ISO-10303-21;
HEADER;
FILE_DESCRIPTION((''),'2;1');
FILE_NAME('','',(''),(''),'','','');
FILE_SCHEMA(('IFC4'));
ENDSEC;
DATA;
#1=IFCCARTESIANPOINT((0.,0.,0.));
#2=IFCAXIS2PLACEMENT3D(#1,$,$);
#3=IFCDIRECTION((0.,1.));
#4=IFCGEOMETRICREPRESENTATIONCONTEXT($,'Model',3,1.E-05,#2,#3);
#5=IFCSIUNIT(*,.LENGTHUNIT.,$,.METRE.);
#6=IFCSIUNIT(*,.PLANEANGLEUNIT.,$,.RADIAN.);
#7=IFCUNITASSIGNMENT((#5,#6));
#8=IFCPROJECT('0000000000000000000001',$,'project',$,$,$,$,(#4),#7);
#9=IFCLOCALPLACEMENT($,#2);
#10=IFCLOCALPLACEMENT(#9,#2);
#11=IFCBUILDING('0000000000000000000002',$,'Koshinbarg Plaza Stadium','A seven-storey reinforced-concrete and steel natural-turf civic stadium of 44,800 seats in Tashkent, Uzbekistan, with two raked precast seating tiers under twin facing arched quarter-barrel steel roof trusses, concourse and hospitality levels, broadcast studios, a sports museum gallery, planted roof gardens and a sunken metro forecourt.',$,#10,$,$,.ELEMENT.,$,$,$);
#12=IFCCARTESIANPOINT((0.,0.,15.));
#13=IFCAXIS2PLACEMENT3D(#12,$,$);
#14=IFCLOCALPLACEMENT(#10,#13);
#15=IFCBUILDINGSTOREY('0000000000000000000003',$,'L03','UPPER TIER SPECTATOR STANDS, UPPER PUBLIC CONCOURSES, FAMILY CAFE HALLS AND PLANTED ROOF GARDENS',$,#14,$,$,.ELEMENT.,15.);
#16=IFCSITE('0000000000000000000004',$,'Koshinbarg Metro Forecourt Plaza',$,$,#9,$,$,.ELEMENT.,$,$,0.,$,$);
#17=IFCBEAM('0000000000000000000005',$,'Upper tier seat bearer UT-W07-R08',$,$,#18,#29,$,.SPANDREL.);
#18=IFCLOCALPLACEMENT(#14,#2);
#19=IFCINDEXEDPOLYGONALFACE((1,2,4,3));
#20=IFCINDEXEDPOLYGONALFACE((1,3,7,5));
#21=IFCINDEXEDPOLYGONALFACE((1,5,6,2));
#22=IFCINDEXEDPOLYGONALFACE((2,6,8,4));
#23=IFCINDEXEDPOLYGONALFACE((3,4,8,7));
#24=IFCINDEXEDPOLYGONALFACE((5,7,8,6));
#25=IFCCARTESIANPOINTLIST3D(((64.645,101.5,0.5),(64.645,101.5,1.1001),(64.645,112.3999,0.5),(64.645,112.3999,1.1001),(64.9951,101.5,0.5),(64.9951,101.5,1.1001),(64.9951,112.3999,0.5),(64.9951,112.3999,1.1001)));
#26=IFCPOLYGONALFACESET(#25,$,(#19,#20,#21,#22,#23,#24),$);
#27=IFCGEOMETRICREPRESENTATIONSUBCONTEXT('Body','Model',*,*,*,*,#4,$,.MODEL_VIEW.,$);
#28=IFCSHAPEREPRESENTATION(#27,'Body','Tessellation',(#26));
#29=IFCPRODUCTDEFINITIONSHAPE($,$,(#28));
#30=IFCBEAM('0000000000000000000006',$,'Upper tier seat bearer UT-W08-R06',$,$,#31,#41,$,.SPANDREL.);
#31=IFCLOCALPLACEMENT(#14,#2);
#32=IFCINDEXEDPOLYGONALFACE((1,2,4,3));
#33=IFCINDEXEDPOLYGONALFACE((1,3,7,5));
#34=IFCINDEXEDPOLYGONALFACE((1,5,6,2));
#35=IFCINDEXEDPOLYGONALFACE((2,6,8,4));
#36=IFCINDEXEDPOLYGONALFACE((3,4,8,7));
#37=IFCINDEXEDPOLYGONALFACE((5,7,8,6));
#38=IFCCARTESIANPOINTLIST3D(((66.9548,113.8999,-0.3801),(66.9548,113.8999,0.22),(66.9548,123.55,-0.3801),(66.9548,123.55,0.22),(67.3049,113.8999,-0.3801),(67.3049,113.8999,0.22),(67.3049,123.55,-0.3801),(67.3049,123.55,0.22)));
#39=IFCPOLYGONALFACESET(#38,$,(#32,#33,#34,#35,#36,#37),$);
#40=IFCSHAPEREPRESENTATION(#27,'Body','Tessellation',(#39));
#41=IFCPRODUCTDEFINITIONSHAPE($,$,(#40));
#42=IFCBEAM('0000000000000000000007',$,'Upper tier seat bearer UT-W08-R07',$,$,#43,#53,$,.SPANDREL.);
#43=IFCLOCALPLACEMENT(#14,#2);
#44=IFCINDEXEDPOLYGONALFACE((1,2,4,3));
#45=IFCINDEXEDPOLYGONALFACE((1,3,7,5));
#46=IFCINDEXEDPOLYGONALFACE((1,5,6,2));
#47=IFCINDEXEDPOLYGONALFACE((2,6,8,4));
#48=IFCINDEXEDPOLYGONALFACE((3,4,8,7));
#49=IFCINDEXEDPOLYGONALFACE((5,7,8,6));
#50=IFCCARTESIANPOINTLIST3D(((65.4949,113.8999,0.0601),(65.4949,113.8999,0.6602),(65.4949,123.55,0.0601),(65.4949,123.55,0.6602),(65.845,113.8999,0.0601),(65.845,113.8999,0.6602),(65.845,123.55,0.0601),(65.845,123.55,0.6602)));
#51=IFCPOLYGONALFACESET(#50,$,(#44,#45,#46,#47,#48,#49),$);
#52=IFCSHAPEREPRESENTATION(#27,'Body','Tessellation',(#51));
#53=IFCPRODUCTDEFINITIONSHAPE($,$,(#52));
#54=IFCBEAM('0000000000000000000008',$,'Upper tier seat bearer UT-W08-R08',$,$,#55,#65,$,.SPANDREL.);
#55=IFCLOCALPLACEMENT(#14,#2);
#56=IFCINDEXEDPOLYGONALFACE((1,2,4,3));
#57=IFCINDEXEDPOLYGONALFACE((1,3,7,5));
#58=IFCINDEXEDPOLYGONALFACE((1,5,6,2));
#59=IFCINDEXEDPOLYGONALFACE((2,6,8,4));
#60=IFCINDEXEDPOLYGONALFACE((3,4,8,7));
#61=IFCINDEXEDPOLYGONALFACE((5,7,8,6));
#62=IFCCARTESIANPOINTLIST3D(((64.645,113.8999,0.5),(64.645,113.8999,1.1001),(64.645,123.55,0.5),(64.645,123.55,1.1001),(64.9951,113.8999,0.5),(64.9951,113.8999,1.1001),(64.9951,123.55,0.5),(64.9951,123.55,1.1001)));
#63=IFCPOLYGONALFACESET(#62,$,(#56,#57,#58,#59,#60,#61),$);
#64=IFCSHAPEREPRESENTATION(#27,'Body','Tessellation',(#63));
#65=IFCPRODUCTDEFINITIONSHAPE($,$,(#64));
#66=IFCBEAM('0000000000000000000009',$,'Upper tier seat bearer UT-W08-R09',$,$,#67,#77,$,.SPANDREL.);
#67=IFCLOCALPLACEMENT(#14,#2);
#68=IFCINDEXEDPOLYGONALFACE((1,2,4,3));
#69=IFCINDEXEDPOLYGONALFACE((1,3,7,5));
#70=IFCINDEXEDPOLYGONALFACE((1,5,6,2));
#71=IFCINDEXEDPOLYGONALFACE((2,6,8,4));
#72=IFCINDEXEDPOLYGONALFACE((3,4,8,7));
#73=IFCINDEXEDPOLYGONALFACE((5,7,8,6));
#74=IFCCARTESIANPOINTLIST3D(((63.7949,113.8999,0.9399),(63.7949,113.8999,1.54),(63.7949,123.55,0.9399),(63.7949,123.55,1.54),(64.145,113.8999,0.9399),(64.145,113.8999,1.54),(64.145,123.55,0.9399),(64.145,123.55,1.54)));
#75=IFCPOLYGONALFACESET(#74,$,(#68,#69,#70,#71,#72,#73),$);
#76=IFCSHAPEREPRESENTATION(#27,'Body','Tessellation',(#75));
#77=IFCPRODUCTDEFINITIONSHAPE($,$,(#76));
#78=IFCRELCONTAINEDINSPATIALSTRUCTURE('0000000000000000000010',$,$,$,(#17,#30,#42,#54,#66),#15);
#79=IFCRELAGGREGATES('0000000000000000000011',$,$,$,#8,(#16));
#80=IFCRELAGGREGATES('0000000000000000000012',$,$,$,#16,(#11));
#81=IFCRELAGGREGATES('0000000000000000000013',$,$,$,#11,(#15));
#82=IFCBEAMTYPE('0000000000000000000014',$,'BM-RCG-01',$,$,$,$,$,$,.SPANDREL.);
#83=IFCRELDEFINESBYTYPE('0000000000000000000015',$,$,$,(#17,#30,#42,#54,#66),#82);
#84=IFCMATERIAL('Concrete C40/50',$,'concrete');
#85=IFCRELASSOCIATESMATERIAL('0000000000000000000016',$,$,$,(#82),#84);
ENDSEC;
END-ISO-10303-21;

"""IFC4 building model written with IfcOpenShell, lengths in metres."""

from ifc_helpers import new_model, si_unit, direction, frame, origin, origin_2d, place, context, subcontext, project, spatial, rectangle, extrude, material, material_profile, profile_set, type_object, element, save


model = new_model("IFC4")

# Units and contexts
model_context = context("Model", 3, precision=1e-05, world=origin(), true_north=direction((0.0, 1.0)))
body_context = subcontext(model_context, "Body", "Model", "MODEL_VIEW")
ifc_project = project(units=[si_unit("LENGTHUNIT", "METRE"), si_unit("PLANEANGLEUNIT", "RADIAN")], contexts=[model_context])

# Site, building, storey
site_placement = place(None, origin())
site = spatial("IfcSite", under=ifc_project, at=site_placement, Name="Koshinbarg Metro Forecourt Plaza", CompositionType="ELEMENT", RefElevation=0.0)
building_placement = place(site_placement, origin())
building = spatial("IfcBuilding", under=site, at=building_placement, Name="Koshinbarg Plaza Stadium", Description="A seven-storey reinforced-concrete and steel natural-turf civic stadium of 44,800 seats in Tashkent, Uzbekistan, with two raked precast seating tiers under twin facing arched quarter-barrel steel roof trusses, concourse and hospitality levels, broadcast studios, a sports museum gallery, planted roof gardens and a sunken metro forecourt.", CompositionType="ELEMENT")
storey_placement = place(building_placement, frame((0.0, 0.0, 15.0)))
storey = spatial("IfcBuildingStorey", under=building, at=storey_placement, Name="L03", Description="UPPER TIER SPECTATOR STANDS, UPPER PUBLIC CONCOURSES, FAMILY CAFE HALLS AND PLANTED ROOF GARDENS", CompositionType="ELEMENT", Elevation=15.0)

# Shared definitions
ifc_material_1 = material(Name="Concrete C40/50", Category="concrete")

# Beams
ifc_material_profile_1 = material_profile(ifc_material_1, rectangle(XDim=0.3501, YDim=0.6001, at=origin_2d()), Name="RC 350x600")
ifc_profile_set_1 = profile_set([ifc_material_profile_1], Name="Concrete C40/50")
beam_type_1 = type_object("IfcBeamType", Name="BM-RCG-01", PredefinedType="SPANDREL", material=ifc_profile_set_1)
for number, where, z_axis, x_axis, name in (
    (1, (64.8201, 101.5, 0.8), (0.0, 1.0, 0.0), (-1.0, 0.0, 0.0), "Upper tier seat bearer UT-W07-R08"),
):
    element("IfcBeam", number, at=place(storey_placement, frame(where, z_axis=z_axis, x_axis=x_axis)), inside=storey, type_object=beam_type_1, Name=name, PredefinedType="SPANDREL", context=body_context, shape_type="SweptSolid", body=[
        extrude(rectangle(XDim=0.3501, YDim=0.6001, at=origin_2d()), origin(), (0.0, 0.0, 1.0), 10.8999),
    ])
for number, where, z_axis, x_axis, name in (
    (2, (67.1299, 113.8999, -0.0801), (0.0, 1.0, 0.0), (-1.0, 0.0, 0.0), "Upper tier seat bearer UT-W08-R06"),
    (3, (65.6699, 113.8999, 0.3601), (0.0, 1.0, 0.0), (-1.0, 0.0, 0.0), "Upper tier seat bearer UT-W08-R07"),
    (4, (64.8201, 113.8999, 0.8), (0.0, 1.0, 0.0), (-1.0, 0.0, 0.0), "Upper tier seat bearer UT-W08-R08"),
    (5, (63.97, 113.8999, 1.24), (0.0, 1.0, 0.0), (-1.0, 0.0, 0.0), "Upper tier seat bearer UT-W08-R09"),
):
    element("IfcBeam", number, at=place(storey_placement, frame(where, z_axis=z_axis, x_axis=x_axis)), inside=storey, type_object=beam_type_1, Name=name, PredefinedType="SPANDREL", context=body_context, shape_type="SweptSolid", body=[
        extrude(rectangle(XDim=0.3501, YDim=0.6001, at=origin_2d()), origin(), (0.0, 0.0, 1.0), 9.6501),
    ])

save(model, "model.ifc")
